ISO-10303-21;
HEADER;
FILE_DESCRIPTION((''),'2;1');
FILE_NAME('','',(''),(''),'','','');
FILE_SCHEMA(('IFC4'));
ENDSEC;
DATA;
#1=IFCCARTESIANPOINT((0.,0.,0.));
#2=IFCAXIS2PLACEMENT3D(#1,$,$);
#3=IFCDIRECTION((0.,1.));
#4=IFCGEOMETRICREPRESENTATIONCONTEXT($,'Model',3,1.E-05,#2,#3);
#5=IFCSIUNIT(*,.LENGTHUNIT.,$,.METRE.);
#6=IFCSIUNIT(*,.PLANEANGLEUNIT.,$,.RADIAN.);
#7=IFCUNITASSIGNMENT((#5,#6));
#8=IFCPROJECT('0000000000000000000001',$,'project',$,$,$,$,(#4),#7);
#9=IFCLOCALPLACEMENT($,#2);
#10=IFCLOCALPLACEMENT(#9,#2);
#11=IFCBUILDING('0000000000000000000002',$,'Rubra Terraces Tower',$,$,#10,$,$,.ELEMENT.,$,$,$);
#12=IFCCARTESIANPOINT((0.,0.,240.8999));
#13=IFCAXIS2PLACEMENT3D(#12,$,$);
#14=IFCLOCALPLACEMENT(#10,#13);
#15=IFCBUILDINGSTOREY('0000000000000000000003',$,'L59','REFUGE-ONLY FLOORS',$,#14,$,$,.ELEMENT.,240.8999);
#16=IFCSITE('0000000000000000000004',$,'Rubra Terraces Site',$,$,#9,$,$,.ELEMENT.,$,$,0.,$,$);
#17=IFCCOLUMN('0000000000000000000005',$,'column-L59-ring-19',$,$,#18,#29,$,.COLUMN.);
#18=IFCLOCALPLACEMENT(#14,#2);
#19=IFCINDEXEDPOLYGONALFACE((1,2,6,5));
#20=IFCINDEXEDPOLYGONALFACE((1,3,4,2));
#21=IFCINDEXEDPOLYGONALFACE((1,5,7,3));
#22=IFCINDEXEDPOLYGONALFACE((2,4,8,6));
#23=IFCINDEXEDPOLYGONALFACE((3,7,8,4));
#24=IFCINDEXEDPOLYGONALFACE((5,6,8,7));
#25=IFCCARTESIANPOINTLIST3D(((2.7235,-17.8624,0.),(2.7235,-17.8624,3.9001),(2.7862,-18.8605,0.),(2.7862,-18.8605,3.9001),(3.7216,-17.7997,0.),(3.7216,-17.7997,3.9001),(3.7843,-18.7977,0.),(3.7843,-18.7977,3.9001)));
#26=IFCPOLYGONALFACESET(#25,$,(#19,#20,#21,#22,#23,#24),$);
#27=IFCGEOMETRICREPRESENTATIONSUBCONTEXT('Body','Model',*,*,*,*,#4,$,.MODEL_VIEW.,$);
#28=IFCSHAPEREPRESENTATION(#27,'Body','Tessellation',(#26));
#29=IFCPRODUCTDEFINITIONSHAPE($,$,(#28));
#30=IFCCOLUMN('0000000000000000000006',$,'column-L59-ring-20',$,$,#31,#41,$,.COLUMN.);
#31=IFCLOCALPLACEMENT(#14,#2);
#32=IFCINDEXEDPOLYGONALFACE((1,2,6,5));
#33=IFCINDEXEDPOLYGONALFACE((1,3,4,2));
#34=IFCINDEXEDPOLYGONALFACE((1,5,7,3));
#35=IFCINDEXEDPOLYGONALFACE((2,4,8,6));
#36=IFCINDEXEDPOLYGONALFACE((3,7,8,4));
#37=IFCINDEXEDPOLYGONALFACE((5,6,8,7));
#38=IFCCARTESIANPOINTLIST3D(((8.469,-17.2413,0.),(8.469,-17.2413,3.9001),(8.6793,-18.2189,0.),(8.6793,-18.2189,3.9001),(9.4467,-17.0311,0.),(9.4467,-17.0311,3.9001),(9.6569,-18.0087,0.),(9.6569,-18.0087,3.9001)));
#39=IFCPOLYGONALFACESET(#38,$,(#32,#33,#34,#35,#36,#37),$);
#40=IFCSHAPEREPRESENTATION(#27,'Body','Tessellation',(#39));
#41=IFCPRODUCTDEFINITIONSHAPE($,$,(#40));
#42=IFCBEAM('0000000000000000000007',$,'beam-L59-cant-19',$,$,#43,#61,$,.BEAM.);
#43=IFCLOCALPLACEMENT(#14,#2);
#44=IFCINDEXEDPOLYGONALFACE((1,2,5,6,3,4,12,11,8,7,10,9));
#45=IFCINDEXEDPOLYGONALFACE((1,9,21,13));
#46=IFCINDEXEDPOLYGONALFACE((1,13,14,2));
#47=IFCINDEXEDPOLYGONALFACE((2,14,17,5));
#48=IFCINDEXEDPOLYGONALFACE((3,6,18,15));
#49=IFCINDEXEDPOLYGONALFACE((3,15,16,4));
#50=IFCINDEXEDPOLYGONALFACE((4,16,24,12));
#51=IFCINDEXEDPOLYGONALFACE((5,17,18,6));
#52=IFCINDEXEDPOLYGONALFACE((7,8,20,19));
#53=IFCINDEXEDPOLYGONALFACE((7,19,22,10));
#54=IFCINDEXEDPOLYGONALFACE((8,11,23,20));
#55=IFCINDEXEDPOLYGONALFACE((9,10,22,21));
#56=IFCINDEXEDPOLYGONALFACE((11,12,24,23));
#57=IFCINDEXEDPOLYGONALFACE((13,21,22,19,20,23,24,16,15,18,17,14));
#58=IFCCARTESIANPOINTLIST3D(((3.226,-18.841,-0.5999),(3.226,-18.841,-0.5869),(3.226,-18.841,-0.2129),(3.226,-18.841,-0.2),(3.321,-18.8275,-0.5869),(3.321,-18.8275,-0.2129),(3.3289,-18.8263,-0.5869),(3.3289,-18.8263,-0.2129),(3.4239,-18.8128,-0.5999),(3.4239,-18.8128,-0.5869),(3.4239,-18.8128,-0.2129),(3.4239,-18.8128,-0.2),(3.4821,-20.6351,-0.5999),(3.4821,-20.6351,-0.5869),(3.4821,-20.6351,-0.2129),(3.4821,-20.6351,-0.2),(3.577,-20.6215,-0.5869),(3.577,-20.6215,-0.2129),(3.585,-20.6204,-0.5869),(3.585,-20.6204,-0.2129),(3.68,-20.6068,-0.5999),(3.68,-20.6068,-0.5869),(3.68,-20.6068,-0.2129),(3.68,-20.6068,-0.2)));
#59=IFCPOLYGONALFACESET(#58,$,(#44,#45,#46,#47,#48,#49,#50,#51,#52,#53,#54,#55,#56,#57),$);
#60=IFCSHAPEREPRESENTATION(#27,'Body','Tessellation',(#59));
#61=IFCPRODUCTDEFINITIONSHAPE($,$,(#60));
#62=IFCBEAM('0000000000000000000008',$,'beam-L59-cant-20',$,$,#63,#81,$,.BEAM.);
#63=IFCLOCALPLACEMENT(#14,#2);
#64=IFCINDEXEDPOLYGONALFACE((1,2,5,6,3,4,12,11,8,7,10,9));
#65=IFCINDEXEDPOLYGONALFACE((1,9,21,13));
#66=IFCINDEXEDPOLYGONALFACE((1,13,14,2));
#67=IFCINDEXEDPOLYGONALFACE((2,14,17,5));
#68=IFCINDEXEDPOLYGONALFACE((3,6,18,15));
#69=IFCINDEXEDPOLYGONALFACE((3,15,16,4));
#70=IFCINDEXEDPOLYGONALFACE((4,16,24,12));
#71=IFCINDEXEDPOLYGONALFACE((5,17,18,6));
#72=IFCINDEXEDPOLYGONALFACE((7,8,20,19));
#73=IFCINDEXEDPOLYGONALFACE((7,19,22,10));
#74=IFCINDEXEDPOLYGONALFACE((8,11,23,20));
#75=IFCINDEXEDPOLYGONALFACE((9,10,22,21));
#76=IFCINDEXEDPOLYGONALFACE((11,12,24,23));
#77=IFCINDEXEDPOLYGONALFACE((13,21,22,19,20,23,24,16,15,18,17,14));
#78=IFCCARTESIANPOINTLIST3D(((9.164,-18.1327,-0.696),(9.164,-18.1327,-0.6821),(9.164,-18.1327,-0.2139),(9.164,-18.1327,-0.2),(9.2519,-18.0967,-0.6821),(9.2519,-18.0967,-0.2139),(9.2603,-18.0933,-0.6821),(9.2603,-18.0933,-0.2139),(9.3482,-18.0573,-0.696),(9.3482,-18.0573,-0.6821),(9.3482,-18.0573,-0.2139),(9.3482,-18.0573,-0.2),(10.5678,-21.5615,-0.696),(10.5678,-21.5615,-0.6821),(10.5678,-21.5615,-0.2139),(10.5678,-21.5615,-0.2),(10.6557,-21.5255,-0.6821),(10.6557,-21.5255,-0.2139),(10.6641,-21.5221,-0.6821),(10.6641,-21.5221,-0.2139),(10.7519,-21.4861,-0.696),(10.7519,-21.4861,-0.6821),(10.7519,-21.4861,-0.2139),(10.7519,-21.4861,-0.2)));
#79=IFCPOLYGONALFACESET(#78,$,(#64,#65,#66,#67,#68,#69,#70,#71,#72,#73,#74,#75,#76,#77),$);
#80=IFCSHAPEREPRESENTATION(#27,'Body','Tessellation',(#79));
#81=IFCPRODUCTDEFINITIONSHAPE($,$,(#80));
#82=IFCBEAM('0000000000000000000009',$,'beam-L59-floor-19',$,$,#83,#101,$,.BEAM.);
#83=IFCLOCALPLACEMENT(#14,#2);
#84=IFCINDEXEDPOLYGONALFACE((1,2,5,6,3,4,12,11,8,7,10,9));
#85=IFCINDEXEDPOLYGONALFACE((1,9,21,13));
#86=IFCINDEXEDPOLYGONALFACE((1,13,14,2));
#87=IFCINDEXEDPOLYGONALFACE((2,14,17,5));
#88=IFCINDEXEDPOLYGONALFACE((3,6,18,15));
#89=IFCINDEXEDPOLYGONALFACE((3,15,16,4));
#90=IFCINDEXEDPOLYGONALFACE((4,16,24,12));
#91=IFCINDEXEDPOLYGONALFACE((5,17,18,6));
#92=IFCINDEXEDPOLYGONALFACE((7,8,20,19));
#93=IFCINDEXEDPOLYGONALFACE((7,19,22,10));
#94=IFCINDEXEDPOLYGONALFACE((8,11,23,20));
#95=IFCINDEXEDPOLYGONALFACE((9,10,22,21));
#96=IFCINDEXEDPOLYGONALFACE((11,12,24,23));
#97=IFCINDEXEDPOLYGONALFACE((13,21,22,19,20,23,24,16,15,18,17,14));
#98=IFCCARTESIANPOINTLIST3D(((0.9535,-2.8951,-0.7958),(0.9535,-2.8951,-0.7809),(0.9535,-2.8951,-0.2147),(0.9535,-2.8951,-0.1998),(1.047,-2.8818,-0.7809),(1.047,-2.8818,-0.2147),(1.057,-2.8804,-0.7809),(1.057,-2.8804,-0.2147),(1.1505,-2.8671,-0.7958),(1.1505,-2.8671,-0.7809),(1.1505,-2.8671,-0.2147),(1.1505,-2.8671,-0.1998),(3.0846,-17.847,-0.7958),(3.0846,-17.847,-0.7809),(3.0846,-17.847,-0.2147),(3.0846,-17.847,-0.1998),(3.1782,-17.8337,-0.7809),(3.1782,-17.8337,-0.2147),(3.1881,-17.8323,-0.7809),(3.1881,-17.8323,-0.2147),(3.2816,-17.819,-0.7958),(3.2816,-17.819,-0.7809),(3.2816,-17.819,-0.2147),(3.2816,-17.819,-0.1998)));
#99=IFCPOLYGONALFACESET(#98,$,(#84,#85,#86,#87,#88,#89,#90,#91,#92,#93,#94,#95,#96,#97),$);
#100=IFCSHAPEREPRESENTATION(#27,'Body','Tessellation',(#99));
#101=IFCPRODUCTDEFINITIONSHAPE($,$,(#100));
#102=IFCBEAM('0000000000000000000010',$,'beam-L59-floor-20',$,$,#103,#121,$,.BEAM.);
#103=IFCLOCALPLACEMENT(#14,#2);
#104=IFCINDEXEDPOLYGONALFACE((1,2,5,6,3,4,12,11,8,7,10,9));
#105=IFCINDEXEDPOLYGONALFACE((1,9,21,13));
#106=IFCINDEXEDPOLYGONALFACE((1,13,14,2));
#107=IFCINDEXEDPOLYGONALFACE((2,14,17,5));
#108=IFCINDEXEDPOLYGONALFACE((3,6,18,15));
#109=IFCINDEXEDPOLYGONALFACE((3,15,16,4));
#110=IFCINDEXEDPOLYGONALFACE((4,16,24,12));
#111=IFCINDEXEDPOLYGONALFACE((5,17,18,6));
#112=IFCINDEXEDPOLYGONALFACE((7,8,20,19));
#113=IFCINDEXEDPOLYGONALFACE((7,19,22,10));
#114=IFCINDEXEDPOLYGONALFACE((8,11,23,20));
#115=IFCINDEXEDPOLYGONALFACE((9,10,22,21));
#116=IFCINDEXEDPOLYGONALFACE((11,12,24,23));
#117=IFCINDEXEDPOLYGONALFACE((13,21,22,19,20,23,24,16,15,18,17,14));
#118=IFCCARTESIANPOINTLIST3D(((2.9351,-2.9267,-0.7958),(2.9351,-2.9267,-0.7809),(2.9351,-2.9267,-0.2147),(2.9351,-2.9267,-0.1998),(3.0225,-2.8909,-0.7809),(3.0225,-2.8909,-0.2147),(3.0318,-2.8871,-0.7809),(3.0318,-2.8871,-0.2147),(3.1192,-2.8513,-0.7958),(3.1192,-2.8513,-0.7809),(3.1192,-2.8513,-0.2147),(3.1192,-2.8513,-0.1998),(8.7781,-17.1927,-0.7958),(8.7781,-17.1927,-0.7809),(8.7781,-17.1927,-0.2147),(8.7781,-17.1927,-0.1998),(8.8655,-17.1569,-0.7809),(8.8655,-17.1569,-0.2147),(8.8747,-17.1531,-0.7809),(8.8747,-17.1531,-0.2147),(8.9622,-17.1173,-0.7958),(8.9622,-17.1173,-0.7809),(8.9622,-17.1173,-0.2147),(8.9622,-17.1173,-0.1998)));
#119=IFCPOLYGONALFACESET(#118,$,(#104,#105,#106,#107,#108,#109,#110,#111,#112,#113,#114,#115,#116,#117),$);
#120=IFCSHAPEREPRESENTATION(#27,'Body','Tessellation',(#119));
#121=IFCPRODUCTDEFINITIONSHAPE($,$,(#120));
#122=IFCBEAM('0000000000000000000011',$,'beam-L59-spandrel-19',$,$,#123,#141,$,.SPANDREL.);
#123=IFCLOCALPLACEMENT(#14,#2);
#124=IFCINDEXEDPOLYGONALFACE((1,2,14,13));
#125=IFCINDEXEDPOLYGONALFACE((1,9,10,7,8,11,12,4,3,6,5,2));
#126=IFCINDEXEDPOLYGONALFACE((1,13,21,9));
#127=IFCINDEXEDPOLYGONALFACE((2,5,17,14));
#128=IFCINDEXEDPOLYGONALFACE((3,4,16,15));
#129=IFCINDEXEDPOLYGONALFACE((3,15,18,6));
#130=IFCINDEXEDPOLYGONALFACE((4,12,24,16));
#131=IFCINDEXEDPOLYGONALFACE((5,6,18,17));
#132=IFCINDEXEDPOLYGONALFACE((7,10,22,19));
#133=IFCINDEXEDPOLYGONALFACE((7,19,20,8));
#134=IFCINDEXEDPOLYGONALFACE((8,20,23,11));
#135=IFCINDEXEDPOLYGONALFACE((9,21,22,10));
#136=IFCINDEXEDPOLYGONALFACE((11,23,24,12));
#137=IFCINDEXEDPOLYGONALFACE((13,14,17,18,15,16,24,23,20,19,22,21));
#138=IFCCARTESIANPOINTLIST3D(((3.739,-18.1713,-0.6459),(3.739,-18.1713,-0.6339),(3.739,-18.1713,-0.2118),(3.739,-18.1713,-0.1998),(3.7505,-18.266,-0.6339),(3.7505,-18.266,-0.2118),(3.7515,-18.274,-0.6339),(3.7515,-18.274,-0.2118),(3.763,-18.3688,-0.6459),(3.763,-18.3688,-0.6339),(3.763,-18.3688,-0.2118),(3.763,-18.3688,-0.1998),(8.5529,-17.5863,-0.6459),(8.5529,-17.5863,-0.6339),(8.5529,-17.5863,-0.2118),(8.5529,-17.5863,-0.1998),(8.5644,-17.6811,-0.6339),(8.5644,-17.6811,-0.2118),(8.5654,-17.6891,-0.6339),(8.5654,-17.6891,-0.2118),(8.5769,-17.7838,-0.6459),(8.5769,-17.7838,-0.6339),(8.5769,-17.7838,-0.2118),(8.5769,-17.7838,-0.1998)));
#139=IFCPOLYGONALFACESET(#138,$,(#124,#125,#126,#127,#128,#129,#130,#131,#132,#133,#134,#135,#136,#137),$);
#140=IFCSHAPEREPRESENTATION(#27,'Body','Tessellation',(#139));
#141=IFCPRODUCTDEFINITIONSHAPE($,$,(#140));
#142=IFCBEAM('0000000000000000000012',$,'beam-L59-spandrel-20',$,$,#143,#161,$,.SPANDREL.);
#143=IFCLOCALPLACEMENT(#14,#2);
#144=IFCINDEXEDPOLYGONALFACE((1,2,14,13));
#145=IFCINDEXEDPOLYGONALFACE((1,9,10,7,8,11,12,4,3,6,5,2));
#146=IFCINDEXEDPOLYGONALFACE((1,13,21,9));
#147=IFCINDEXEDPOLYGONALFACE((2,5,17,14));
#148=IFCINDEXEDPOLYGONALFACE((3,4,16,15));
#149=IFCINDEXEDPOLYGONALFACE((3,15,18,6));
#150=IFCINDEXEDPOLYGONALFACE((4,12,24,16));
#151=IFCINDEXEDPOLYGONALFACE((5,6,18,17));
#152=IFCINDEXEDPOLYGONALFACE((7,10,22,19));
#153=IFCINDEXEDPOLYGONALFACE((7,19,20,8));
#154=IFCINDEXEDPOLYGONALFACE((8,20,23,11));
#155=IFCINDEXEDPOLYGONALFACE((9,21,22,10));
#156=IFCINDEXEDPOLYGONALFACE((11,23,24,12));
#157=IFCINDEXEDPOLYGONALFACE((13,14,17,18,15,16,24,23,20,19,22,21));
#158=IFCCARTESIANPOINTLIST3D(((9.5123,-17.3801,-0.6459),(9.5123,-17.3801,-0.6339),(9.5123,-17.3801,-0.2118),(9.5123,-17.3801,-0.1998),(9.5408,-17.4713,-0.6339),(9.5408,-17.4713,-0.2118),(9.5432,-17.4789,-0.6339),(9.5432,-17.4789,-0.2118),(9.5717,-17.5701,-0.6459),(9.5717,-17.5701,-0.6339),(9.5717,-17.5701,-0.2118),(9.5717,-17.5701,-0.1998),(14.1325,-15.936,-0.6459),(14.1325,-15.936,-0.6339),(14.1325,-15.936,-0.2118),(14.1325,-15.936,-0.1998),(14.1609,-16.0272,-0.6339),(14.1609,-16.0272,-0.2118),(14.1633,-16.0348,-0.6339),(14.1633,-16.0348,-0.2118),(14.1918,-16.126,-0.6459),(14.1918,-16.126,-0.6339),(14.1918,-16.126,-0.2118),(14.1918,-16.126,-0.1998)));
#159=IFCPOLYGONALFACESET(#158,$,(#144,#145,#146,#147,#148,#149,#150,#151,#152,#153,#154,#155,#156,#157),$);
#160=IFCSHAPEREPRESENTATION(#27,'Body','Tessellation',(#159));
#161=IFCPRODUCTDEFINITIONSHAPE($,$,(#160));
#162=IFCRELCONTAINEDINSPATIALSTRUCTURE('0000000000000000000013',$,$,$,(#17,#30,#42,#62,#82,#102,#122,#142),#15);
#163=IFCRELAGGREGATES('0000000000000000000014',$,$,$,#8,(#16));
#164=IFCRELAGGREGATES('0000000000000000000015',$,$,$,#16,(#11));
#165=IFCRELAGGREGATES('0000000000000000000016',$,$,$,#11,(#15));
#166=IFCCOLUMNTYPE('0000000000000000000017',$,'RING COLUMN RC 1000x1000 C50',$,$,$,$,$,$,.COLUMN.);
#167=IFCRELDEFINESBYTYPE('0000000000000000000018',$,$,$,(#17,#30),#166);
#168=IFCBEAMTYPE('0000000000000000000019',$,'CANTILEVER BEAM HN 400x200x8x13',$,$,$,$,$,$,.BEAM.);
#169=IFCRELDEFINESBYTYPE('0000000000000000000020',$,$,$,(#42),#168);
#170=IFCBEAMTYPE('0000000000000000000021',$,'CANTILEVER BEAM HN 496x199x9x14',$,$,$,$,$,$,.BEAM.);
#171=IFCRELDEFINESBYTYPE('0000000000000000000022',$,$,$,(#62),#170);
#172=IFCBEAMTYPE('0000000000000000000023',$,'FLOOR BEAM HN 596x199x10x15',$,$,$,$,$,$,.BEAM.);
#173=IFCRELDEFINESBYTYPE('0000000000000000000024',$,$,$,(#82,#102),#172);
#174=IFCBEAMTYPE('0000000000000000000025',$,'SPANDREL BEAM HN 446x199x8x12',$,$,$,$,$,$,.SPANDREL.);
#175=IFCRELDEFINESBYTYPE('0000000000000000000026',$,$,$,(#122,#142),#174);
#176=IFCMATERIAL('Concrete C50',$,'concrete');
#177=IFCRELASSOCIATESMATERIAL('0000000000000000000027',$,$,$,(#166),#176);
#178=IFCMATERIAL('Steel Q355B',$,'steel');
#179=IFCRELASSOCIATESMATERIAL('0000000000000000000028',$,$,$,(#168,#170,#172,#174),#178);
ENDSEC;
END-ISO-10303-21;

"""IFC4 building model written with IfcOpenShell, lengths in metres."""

from ifc_helpers import new_model, si_unit, direction, frame, origin, origin_2d, place, context, subcontext, project, spatial, rectangle, i_section, extrude, material, material_profile, profile_set, type_object, element, save


model = new_model("IFC4")

# Units and contexts
model_context = context("Model", 3, precision=1e-05, world=origin(), true_north=direction((0.0, 1.0)))
body_context = subcontext(model_context, "Body", "Model", "MODEL_VIEW")
ifc_project = project(units=[si_unit("LENGTHUNIT", "METRE"), si_unit("PLANEANGLEUNIT", "RADIAN")], contexts=[model_context])

# Site, building, storey
site_placement = place(None, origin())
site = spatial("IfcSite", under=ifc_project, at=site_placement, Name="Rubra Terraces Site", CompositionType="ELEMENT", RefElevation=0.0)
building_placement = place(site_placement, origin())
building = spatial("IfcBuilding", under=site, at=building_placement, Name="Rubra Terraces Tower", CompositionType="ELEMENT")
storey_placement = place(building_placement, frame((0.0, 0.0, 240.8999)))
storey = spatial("IfcBuildingStorey", under=building, at=storey_placement, Name="L59", Description="REFUGE-ONLY FLOORS", CompositionType="ELEMENT", Elevation=240.8999)

# Columns
ifc_material_1 = material(Name="Concrete C50", Category="concrete")
ifc_material_profile_1 = material_profile(ifc_material_1, rectangle(XDim=1.0, YDim=1.0, at=origin_2d()), Name="RC 1000x1000")
ifc_profile_set_1 = profile_set([ifc_material_profile_1], Name="Concrete C50")
column_type = type_object("IfcColumnType", Name="RING COLUMN RC 1000x1000 C50", PredefinedType="COLUMN", material=ifc_profile_set_1)
for number, where, z_axis, x_axis, name in (
    (1, (3.2539, -18.3301, 0.0), (0.0, 0.0, 1.0), (0.998032, 0.062714, 0.0), "column-L59-ring-19"),
    (2, (9.063, -17.625, 0.0), (0.0, 0.0, 1.0), (0.977653, 0.210227, 0.0), "column-L59-ring-20"),
):
    element("IfcColumn", number, at=place(storey_placement, frame(where, z_axis=z_axis, x_axis=x_axis)), inside=storey, type_object=column_type, Name=name, PredefinedType="COLUMN", context=body_context, shape_type="SweptSolid", body=[
        extrude(rectangle(XDim=1.0, YDim=1.0, at=origin_2d()), origin(), (0.0, 0.0, 1.0), 3.9001),
    ])

# Beams
ifc_material_2 = material(Name="Steel Q355B", Category="steel")
ifc_material_profile_2 = material_profile(ifc_material_2, i_section(OverallWidth=0.2, OverallDepth=0.3999, WebThickness=0.0081, FlangeThickness=0.0129, at=origin_2d()), Name="HN 400x200x8x13")
ifc_profile_set_2 = profile_set([ifc_material_profile_2], Name="Steel Q355B")
beam_type_1 = type_object("IfcBeamType", Name="CANTILEVER BEAM HN 400x200x8x13", PredefinedType="BEAM", material=ifc_profile_set_2)
beam_1_placement = place(storey_placement, frame((3.325, -18.8269, -0.3999), z_axis=(0.141308, -0.989966, 0.0), x_axis=(0.989966, 0.141308, 0.0)))
element("IfcBeam", 3, at=beam_1_placement, inside=storey, type_object=beam_type_1, Name="beam-L59-cant-19", PredefinedType="BEAM", context=body_context, shape_type="SweptSolid", body=[
    extrude(i_section(OverallWidth=0.2, OverallDepth=0.3999, WebThickness=0.0081, FlangeThickness=0.0129, at=origin_2d()), origin(), (0.0, 0.0, 1.0), 1.8123),
])
ifc_material_profile_3 = material_profile(ifc_material_2, i_section(OverallWidth=0.199, OverallDepth=0.4961, WebThickness=0.009, FlangeThickness=0.0139, at=origin_2d()), Name="HN 496x199x9x14")
ifc_profile_set_3 = profile_set([ifc_material_profile_3], Name="Steel Q355B")
beam_type_2 = type_object("IfcBeamType", Name="CANTILEVER BEAM HN 496x199x9x14", PredefinedType="BEAM", material=ifc_profile_set_3)
beam_2_placement = place(storey_placement, frame((9.2561, -18.095, -0.448), z_axis=(0.378877, -0.925447, 0.0), x_axis=(0.925447, 0.378877, 0.0)))
element("IfcBeam", 4, at=beam_2_placement, inside=storey, type_object=beam_type_2, Name="beam-L59-cant-20", PredefinedType="BEAM", context=body_context, shape_type="SweptSolid", body=[
    extrude(i_section(OverallWidth=0.199, OverallDepth=0.4961, WebThickness=0.009, FlangeThickness=0.0139, at=origin_2d()), origin(), (0.0, 0.0, 1.0), 3.7051),
])
ifc_material_profile_4 = material_profile(ifc_material_2, i_section(OverallWidth=0.199, OverallDepth=0.5959, WebThickness=0.01, FlangeThickness=0.0149, at=origin_2d()), Name="HN 596x199x10x15")
ifc_profile_set_4 = profile_set([ifc_material_profile_4], Name="Steel Q355B")
beam_type_3 = type_object("IfcBeamType", Name="FLOOR BEAM HN 596x199x10x15", PredefinedType="BEAM", material=ifc_profile_set_4)
beam_3_placement = place(storey_placement, frame((3.1831, -17.833, -0.4978), z_axis=(-0.141105, 0.989995, 0.0), x_axis=(-0.989995, -0.141105, 0.0)))
element("IfcBeam", 5, at=beam_3_placement, inside=storey, type_object=beam_type_3, Name="beam-L59-floor-19", PredefinedType="BEAM", context=body_context, shape_type="SweptSolid", body=[
    extrude(i_section(OverallWidth=0.199, OverallDepth=0.5959, WebThickness=0.01, FlangeThickness=0.0149, at=origin_2d()), origin(), (0.0, 0.0, 1.0), 15.103),
])
beam_4_placement = place(storey_placement, frame((8.8701, -17.155, -0.4978), z_axis=(-0.379015, 0.92539, 0.0), x_axis=(-0.92539, -0.379015, 0.0)))
element("IfcBeam", 6, at=beam_4_placement, inside=storey, type_object=beam_type_3, Name="beam-L59-floor-20", PredefinedType="BEAM", context=body_context, shape_type="SweptSolid", body=[
    extrude(i_section(OverallWidth=0.199, OverallDepth=0.5959, WebThickness=0.01, FlangeThickness=0.0149, at=origin_2d()), origin(), (0.0, 0.0, 1.0), 15.4163),
])
ifc_material_profile_5 = material_profile(ifc_material_2, i_section(OverallWidth=0.199, OverallDepth=0.446, WebThickness=0.0081, FlangeThickness=0.012, at=origin_2d()), Name="HN 446x199x8x12")
ifc_profile_set_5 = profile_set([ifc_material_profile_5], Name="Steel Q355B")
beam_type_4 = type_object("IfcBeamType", Name="SPANDREL BEAM HN 446x199x8x12", PredefinedType="SPANDREL", material=ifc_profile_set_5)
beam_5_placement = place(storey_placement, frame((3.751, -18.27, -0.4229), z_axis=(0.992698, 0.120626, 0.0), x_axis=(-0.120626, 0.992698, 0.0)))
element("IfcBeam", 7, at=beam_5_placement, inside=storey, type_object=beam_type_4, Name="beam-L59-spandrel-19", PredefinedType="SPANDREL", context=body_context, shape_type="SweptSolid", body=[
    extrude(i_section(OverallWidth=0.199, OverallDepth=0.446, WebThickness=0.0081, FlangeThickness=0.012, at=origin_2d()), origin(), (0.0, 0.0, 1.0), 4.8494),
])
beam_6_placement = place(storey_placement, frame((9.542, -17.4751, -0.4229), z_axis=(0.954462, 0.298332, 0.0), x_axis=(-0.298332, 0.954462, 0.0)))
element("IfcBeam", 8, at=beam_6_placement, inside=storey, type_object=beam_type_4, Name="beam-L59-spandrel-20", PredefinedType="SPANDREL", context=body_context, shape_type="SweptSolid", body=[
    extrude(i_section(OverallWidth=0.199, OverallDepth=0.446, WebThickness=0.0081, FlangeThickness=0.012, at=origin_2d()), origin(), (0.0, 0.0, 1.0), 4.8406),
])

save(model, "model.ifc")
